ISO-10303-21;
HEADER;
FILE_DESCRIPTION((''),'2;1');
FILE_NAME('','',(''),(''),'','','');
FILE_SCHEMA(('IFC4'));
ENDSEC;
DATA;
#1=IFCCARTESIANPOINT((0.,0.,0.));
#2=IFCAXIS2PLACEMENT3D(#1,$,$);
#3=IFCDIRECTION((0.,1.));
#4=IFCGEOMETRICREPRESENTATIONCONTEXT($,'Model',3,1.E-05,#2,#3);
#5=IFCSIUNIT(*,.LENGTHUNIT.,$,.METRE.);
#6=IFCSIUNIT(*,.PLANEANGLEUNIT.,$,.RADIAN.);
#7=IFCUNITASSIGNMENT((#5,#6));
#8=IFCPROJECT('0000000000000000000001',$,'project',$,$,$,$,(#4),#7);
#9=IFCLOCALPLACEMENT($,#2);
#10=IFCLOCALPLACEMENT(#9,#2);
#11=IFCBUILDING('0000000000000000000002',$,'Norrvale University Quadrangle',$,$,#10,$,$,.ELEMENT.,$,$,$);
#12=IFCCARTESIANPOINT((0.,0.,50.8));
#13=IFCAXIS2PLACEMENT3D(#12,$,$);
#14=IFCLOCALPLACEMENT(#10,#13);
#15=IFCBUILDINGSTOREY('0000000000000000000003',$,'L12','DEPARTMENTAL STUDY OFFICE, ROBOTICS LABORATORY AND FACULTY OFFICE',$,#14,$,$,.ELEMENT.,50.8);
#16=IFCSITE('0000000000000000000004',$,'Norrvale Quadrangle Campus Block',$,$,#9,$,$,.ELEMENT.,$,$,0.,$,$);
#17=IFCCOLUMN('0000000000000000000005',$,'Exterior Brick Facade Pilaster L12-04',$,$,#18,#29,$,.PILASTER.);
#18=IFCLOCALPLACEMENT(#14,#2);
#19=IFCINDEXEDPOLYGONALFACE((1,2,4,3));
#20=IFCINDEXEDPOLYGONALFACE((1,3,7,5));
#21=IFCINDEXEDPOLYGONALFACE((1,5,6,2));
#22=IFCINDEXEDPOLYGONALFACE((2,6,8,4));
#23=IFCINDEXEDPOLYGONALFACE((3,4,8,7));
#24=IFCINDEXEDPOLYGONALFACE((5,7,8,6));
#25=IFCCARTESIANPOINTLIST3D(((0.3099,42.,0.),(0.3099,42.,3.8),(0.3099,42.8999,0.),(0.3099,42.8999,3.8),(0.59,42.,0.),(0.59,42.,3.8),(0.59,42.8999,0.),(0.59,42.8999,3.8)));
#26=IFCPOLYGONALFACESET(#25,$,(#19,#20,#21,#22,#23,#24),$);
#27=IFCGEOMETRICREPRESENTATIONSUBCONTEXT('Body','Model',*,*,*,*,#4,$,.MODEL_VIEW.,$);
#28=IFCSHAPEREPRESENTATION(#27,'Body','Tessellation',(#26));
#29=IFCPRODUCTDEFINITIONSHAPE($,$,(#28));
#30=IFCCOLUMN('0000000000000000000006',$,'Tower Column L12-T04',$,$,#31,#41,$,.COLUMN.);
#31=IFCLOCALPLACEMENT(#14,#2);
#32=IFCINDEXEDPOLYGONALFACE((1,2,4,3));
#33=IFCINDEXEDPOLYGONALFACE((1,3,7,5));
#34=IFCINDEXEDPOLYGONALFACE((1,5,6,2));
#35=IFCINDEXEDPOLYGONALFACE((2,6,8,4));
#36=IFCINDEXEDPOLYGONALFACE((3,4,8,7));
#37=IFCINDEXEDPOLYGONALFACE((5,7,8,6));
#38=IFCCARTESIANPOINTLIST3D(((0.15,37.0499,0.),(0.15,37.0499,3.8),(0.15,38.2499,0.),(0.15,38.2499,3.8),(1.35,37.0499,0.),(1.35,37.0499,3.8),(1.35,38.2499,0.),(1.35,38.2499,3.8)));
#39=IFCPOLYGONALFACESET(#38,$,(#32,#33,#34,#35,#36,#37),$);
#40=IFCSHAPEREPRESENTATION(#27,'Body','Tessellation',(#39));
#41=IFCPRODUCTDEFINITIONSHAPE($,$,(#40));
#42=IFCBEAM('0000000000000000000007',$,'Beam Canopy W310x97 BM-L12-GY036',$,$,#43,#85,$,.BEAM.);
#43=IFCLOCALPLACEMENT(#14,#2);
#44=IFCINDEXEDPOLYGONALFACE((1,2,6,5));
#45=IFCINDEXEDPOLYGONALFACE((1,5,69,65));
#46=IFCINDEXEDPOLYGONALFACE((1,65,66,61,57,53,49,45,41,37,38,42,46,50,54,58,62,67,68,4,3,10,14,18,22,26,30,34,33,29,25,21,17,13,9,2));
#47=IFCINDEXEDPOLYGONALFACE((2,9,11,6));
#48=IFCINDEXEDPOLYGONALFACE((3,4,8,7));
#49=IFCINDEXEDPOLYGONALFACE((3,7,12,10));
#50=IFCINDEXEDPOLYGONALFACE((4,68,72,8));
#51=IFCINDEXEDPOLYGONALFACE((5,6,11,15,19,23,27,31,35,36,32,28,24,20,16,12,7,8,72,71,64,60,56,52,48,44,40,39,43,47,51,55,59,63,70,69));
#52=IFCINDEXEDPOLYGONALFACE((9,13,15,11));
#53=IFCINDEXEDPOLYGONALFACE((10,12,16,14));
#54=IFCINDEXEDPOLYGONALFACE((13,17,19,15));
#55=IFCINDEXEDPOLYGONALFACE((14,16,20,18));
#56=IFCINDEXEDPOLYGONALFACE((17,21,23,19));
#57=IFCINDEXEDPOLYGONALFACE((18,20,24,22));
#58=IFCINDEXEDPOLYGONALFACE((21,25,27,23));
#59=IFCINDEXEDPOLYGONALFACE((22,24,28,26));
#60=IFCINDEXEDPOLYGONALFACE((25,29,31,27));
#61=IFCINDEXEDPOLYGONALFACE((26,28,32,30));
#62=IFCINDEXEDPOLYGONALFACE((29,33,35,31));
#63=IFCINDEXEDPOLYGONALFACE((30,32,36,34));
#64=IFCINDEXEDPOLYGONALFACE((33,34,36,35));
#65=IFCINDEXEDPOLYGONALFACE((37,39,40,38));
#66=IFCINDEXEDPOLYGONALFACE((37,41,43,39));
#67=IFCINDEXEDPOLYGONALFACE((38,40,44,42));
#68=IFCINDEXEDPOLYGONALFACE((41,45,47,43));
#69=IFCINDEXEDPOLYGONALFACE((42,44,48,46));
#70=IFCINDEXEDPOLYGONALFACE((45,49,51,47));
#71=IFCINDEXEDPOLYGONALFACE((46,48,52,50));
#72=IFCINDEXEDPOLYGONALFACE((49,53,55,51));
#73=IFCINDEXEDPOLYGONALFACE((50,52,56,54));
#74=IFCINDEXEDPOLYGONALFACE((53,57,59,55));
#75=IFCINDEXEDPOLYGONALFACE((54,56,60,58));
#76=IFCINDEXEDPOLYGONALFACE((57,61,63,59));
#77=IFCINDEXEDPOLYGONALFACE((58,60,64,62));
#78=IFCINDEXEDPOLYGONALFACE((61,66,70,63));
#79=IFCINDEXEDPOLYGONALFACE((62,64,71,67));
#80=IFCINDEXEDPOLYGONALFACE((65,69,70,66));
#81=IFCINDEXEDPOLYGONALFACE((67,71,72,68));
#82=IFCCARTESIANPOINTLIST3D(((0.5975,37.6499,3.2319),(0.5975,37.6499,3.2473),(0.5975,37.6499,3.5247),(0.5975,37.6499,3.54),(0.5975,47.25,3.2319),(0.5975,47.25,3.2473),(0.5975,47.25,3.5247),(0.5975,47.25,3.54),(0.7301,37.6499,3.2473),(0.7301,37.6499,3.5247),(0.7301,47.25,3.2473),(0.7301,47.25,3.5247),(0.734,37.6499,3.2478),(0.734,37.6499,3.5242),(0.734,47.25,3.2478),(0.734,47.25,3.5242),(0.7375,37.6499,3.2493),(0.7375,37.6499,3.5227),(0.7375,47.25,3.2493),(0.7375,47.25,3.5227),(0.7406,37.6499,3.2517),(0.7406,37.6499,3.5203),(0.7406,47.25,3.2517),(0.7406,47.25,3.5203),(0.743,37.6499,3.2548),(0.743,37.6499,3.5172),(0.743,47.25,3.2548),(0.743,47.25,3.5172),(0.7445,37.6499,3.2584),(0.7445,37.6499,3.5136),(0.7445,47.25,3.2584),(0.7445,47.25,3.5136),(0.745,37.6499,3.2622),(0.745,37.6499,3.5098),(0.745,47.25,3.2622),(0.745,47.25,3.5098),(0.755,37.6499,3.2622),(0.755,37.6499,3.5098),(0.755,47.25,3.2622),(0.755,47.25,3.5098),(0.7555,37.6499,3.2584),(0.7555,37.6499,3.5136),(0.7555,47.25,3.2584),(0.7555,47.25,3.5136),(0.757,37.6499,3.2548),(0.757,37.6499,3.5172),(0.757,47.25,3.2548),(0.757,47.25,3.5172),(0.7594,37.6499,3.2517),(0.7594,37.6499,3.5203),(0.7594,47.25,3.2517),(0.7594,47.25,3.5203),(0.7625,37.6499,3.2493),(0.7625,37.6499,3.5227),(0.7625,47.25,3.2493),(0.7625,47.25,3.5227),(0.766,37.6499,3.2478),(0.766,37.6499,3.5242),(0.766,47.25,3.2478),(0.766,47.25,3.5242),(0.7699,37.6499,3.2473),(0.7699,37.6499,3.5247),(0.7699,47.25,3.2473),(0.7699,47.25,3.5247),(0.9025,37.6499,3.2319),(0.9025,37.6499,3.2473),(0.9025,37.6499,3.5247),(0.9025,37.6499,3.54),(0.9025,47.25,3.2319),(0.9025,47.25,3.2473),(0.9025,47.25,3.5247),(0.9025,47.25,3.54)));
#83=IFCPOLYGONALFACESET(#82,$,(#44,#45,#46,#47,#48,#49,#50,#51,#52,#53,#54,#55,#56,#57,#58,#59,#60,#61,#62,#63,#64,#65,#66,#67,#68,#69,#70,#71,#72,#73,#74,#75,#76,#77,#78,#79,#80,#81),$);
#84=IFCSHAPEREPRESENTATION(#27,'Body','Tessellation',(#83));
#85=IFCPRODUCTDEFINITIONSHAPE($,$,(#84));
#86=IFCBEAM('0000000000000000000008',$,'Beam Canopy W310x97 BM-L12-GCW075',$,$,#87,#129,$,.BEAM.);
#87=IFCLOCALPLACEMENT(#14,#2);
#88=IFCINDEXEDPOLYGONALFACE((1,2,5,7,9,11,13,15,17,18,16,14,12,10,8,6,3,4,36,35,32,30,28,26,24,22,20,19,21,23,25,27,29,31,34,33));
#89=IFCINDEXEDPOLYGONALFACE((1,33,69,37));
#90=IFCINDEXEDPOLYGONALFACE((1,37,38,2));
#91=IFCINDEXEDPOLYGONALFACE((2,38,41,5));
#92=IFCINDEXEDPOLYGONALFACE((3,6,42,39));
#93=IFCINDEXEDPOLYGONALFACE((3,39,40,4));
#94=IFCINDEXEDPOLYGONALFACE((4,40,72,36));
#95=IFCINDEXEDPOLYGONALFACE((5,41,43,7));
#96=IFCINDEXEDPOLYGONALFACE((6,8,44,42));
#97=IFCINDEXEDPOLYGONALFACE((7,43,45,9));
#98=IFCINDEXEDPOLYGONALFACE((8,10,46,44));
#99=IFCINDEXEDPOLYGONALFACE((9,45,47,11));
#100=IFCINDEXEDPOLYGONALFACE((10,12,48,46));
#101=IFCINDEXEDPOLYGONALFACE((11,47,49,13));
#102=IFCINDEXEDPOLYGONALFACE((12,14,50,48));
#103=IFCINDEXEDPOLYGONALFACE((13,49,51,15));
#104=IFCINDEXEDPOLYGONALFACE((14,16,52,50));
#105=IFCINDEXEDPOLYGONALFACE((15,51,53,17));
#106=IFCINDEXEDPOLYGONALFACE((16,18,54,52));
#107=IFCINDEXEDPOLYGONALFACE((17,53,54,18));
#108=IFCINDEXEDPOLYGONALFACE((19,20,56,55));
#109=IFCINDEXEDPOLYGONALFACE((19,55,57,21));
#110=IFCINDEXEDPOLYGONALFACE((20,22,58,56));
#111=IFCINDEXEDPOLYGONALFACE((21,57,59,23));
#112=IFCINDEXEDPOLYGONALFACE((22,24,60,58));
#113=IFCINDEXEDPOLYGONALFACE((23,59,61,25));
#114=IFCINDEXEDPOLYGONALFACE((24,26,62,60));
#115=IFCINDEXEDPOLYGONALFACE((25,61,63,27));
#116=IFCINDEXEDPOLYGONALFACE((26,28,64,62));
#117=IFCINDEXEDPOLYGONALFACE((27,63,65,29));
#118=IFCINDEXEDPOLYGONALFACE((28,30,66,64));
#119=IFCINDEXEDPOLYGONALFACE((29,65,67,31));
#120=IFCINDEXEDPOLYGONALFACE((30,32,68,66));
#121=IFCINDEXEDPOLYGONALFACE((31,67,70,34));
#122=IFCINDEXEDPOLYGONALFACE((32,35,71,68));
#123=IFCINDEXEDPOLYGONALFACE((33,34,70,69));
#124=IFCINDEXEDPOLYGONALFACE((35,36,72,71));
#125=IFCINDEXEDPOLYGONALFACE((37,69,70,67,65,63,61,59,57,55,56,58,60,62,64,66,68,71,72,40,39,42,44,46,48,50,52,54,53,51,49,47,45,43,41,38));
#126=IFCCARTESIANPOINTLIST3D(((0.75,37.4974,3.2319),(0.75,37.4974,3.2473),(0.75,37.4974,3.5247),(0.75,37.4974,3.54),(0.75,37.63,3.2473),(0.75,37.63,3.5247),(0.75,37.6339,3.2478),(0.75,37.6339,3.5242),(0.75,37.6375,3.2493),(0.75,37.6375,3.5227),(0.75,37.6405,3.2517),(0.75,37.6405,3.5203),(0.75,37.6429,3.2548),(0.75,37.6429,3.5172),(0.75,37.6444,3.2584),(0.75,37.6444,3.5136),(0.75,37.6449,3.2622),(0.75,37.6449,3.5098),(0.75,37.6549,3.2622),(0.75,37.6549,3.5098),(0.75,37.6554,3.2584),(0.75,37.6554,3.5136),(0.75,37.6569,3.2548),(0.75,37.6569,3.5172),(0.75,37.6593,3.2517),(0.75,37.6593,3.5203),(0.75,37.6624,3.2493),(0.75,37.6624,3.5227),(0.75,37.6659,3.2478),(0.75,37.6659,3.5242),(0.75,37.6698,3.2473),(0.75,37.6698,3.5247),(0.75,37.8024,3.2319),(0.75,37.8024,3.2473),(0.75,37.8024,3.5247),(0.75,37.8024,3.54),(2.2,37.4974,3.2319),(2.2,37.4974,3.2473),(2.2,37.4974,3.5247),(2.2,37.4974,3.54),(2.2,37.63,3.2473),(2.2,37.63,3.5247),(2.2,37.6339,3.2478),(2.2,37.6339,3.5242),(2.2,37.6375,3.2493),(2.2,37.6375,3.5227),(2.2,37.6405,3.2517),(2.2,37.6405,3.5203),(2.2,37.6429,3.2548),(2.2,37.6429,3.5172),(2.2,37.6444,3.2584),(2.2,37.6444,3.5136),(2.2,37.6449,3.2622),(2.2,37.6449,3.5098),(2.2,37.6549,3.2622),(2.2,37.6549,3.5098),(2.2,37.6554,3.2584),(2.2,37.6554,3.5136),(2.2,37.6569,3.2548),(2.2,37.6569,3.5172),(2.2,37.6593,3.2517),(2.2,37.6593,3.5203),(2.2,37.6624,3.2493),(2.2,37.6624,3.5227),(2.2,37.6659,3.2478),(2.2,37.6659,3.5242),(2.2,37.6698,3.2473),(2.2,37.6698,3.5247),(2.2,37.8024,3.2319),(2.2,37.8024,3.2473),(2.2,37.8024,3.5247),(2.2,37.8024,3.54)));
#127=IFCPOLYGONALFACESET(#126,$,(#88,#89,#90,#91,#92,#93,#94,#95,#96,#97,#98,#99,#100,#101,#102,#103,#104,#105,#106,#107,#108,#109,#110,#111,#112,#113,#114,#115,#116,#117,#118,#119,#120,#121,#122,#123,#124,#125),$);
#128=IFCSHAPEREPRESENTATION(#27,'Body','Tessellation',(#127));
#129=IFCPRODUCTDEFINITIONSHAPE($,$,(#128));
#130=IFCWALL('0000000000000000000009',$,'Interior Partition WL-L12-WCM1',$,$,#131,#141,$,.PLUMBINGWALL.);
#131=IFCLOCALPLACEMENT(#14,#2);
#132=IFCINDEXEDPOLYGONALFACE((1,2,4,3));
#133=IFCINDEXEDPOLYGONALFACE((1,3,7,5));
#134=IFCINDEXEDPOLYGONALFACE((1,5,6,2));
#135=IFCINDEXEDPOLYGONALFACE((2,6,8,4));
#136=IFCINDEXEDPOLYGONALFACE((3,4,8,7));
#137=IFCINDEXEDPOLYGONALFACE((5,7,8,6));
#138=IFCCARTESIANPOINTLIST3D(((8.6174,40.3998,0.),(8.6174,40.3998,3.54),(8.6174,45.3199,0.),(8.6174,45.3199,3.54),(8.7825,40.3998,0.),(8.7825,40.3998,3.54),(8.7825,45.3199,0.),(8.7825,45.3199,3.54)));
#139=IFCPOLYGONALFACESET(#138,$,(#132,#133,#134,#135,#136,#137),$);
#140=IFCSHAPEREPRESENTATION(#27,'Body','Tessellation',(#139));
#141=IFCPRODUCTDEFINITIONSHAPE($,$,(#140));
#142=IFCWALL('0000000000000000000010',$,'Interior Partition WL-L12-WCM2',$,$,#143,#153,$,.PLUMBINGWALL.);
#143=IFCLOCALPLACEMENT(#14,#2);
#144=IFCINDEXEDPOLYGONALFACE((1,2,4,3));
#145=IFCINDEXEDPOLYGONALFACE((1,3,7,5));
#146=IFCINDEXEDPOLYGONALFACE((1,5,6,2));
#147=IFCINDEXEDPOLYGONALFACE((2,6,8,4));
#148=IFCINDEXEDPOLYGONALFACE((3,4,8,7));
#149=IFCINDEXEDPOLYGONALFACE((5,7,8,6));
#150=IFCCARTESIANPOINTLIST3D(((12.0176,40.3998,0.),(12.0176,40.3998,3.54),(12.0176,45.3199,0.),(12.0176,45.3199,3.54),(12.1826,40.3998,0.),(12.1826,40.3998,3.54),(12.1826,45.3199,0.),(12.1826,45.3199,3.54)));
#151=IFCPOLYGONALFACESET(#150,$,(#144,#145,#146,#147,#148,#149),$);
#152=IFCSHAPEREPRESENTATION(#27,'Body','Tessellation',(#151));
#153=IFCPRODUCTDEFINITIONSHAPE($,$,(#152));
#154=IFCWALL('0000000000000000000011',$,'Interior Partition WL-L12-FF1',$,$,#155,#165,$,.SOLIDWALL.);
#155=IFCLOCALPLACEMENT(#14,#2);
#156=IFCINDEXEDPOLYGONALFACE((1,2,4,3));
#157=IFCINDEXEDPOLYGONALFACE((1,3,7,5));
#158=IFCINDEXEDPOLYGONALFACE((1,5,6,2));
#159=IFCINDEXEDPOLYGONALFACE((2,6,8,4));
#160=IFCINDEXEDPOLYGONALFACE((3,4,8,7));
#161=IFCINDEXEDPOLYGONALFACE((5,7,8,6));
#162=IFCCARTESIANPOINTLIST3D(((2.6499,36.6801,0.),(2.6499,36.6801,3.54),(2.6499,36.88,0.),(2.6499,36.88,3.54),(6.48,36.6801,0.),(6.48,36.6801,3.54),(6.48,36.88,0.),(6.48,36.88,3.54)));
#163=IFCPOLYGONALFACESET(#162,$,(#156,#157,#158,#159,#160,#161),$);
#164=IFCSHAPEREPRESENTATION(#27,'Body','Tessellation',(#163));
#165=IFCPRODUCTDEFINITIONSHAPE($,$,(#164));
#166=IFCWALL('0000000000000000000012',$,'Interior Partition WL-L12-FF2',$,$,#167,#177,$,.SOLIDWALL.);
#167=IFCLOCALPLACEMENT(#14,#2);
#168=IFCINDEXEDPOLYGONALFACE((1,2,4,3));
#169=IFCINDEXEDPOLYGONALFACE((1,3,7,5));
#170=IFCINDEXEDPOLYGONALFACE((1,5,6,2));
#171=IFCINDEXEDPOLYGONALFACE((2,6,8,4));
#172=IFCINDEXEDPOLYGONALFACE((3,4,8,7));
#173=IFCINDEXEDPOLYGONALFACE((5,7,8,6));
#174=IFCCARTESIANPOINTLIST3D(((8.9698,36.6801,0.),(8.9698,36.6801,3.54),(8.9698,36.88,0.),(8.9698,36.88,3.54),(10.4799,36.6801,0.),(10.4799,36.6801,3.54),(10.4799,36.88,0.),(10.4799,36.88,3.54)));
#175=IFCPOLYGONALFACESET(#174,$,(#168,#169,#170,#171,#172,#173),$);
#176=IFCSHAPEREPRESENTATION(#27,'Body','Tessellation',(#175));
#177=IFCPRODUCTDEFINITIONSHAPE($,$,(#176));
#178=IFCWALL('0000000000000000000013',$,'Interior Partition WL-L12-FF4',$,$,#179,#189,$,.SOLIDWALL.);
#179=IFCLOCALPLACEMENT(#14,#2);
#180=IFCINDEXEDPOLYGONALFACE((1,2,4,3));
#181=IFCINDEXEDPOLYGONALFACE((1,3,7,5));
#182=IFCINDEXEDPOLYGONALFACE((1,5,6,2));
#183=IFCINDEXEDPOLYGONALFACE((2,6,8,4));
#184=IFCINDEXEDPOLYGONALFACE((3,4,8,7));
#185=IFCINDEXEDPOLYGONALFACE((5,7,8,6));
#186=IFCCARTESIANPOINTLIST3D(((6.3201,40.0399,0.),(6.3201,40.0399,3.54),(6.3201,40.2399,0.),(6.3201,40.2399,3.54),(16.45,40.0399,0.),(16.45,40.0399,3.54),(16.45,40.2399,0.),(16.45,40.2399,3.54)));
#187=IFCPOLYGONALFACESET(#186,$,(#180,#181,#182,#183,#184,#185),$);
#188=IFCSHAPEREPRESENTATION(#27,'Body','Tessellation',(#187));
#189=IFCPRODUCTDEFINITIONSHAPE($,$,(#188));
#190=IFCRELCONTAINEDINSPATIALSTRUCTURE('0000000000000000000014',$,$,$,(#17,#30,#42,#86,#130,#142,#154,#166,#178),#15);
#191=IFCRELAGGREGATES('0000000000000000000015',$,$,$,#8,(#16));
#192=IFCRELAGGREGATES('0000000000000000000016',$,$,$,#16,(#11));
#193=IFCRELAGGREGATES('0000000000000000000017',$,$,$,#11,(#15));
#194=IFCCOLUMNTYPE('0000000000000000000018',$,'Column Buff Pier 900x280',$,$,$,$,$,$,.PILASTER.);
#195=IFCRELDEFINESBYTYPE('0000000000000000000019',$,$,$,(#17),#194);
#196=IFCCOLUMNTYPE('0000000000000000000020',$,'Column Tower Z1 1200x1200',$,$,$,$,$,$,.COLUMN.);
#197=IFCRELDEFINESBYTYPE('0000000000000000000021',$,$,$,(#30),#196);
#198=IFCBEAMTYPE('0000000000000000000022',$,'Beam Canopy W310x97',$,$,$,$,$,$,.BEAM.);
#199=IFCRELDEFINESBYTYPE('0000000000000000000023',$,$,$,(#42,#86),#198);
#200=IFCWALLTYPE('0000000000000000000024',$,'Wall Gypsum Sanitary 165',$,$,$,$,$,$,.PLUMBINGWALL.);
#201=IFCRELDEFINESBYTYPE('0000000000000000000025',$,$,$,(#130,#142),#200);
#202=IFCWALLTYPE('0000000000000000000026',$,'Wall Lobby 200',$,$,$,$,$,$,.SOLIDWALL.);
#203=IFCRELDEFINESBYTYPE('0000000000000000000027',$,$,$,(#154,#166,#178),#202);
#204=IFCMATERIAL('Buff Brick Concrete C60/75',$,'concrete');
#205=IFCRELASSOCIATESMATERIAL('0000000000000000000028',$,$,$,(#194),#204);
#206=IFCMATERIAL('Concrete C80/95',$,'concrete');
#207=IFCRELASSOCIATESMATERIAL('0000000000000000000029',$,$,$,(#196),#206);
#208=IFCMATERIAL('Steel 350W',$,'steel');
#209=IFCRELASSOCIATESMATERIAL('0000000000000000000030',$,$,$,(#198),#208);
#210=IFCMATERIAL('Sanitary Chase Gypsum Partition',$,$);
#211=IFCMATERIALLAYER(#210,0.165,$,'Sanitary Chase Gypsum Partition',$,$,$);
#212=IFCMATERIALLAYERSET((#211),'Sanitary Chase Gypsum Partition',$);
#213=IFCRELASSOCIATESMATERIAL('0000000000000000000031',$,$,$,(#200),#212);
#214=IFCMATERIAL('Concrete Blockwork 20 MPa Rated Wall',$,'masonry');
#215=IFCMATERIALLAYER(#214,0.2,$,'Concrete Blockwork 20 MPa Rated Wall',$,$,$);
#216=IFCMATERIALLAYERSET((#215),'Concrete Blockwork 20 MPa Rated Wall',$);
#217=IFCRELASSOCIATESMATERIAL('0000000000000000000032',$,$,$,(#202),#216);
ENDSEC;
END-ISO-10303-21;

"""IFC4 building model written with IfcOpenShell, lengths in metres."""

from ifc_helpers import new_model, si_unit, direction, frame, frame_2d, origin, origin_2d, place, context, subcontext, project, spatial, rectangle, i_section, extrude, material, layer, layer_set, material_profile, profile_set, type_object, element, save


model = new_model("IFC4")

# Units and contexts
model_context = context("Model", 3, precision=1e-05, world=origin(), true_north=direction((0.0, 1.0)))
body_context = subcontext(model_context, "Body", "Model", "MODEL_VIEW")
ifc_project = project(units=[si_unit("LENGTHUNIT", "METRE"), si_unit("PLANEANGLEUNIT", "RADIAN")], contexts=[model_context])

# Site, building, storey
site_placement = place(None, origin())
site = spatial("IfcSite", under=ifc_project, at=site_placement, Name="Norrvale Quadrangle Campus Block", CompositionType="ELEMENT", RefElevation=0.0)
building_placement = place(site_placement, origin())
building = spatial("IfcBuilding", under=site, at=building_placement, Name="Norrvale University Quadrangle", CompositionType="ELEMENT")
storey_placement = place(building_placement, frame((0.0, 0.0, 50.8)))
storey = spatial("IfcBuildingStorey", under=building, at=storey_placement, Name="L12", Description="DEPARTMENTAL STUDY OFFICE, ROBOTICS LABORATORY AND FACULTY OFFICE", CompositionType="ELEMENT", Elevation=50.8)

# Columns
ifc_material_1 = material(Name="Buff Brick Concrete C60/75", Category="concrete")
ifc_material_profile_1 = material_profile(ifc_material_1, rectangle(XDim=0.8999, YDim=0.28, at=origin_2d()), Name="Buff Brick Concrete C60/75")
ifc_profile_set_1 = profile_set([ifc_material_profile_1], Name="Buff Brick Concrete C60/75")
column_type_1 = type_object("IfcColumnType", Name="Column Buff Pier 900x280", PredefinedType="PILASTER", material=ifc_profile_set_1)
column_1_placement = place(storey_placement, frame((0.45, 42.45, 0.0), z_axis=(0.0, 0.0, 1.0), x_axis=(0.0, 1.0, 0.0)))
element("IfcColumn", 1, at=column_1_placement, inside=storey, type_object=column_type_1, Name="Exterior Brick Facade Pilaster L12-04", PredefinedType="PILASTER", context=body_context, shape_type="SweptSolid", body=[
    extrude(rectangle(XDim=0.8999, YDim=0.28, at=origin_2d()), origin(), (0.0, 0.0, 1.0), 3.8),
])
ifc_material_2 = material(Name="Concrete C80/95", Category="concrete")
ifc_material_profile_2 = material_profile(ifc_material_2, rectangle(XDim=1.2, YDim=1.2, at=origin_2d()), Name="Concrete C80/95")
ifc_profile_set_2 = profile_set([ifc_material_profile_2], Name="Concrete C80/95")
column_type_2 = type_object("IfcColumnType", Name="Column Tower Z1 1200x1200", PredefinedType="COLUMN", material=ifc_profile_set_2)
column_2_placement = place(storey_placement, frame((0.75, 37.6499, 0.0), z_axis=(0.0, 0.0, 1.0), x_axis=(1.0, 0.0, 0.0)))
element("IfcColumn", 2, at=column_2_placement, inside=storey, type_object=column_type_2, Name="Tower Column L12-T04", PredefinedType="COLUMN", context=body_context, shape_type="SweptSolid", body=[
    extrude(rectangle(XDim=1.2, YDim=1.2, at=origin_2d()), origin(), (0.0, 0.0, 1.0), 3.8),
])

# Beams
ifc_material_3 = material(Name="Steel 350W", Category="steel")
ifc_material_profile_3 = material_profile(ifc_material_3, i_section(OverallWidth=0.3049, OverallDepth=0.3081, WebThickness=0.01, FlangeThickness=0.0154, FilletRadius=0.0149, at=origin_2d()), Name="Steel 350W")
ifc_profile_set_3 = profile_set([ifc_material_profile_3], Name="Steel 350W")
beam_type = type_object("IfcBeamType", Name="Beam Canopy W310x97", PredefinedType="BEAM", material=ifc_profile_set_3)
beam_1_placement = place(storey_placement, frame((0.75, 37.6499, 3.386), z_axis=(0.0, 1.0, 0.0), x_axis=(-1.0, 0.0, 0.0)))
element("IfcBeam", 3, at=beam_1_placement, inside=storey, type_object=beam_type, Name="Beam Canopy W310x97 BM-L12-GY036", PredefinedType="BEAM", context=body_context, shape_type="SweptSolid", body=[
    extrude(i_section(OverallWidth=0.3049, OverallDepth=0.3081, WebThickness=0.01, FlangeThickness=0.0154, FilletRadius=0.0149, at=origin_2d()), origin(), (0.0, 0.0, 1.0), 9.6001),
])
beam_2_placement = place(storey_placement, frame((0.75, 37.6499, 3.386), z_axis=(1.0, 0.0, 0.0), x_axis=(0.0, 1.0, 0.0)))
element("IfcBeam", 4, at=beam_2_placement, inside=storey, type_object=beam_type, Name="Beam Canopy W310x97 BM-L12-GCW075", PredefinedType="BEAM", context=body_context, shape_type="SweptSolid", body=[
    extrude(i_section(OverallWidth=0.3049, OverallDepth=0.3081, WebThickness=0.01, FlangeThickness=0.0154, FilletRadius=0.0149, at=origin_2d()), origin(), (0.0, 0.0, 1.0), 1.45),
])

# Walls
ifc_material_4 = material(Name="Sanitary Chase Gypsum Partition")
ifc_layer_1 = layer(ifc_material_4, 0.165, Name="Sanitary Chase Gypsum Partition")
ifc_layer_set_1 = layer_set([ifc_layer_1], Name="Sanitary Chase Gypsum Partition")
wall_type_1 = type_object("IfcWallType", Name="Wall Gypsum Sanitary 165", PredefinedType="PLUMBINGWALL", material=ifc_layer_set_1)
for number, where, z_axis, x_axis, name in (
    (5, (8.7, 40.3999, 0.0), (0.0, 0.0, 1.0), (0.0, 1.0, 0.0), "Interior Partition WL-L12-WCM1"),
    (6, (12.1001, 40.3999, 0.0), (0.0, 0.0, 1.0), (0.0, 1.0, 0.0), "Interior Partition WL-L12-WCM2"),
):
    element("IfcWall", number, at=place(storey_placement, frame(where, z_axis=z_axis, x_axis=x_axis)), inside=storey, type_object=wall_type_1, Name=name, PredefinedType="PLUMBINGWALL", context=body_context, shape_type="SweptSolid", body=[
        extrude(rectangle(XDim=4.9202, YDim=0.165, at=frame_2d((2.46, 0.0))), origin(), (0.0, 0.0, 1.0), 3.54),
    ])
ifc_material_5 = material(Name="Concrete Blockwork 20 MPa Rated Wall", Category="masonry")
ifc_layer_2 = layer(ifc_material_5, 0.2, Name="Concrete Blockwork 20 MPa Rated Wall")
ifc_layer_set_2 = layer_set([ifc_layer_2], Name="Concrete Blockwork 20 MPa Rated Wall")
wall_type_2 = type_object("IfcWallType", Name="Wall Lobby 200", PredefinedType="SOLIDWALL", material=ifc_layer_set_2)
wall_1_placement = place(storey_placement, frame((2.6499, 36.78, 0.0), z_axis=(0.0, 0.0, 1.0), x_axis=(1.0, 0.0, 0.0)))
element("IfcWall", 7, at=wall_1_placement, inside=storey, type_object=wall_type_2, Name="Interior Partition WL-L12-FF1", PredefinedType="SOLIDWALL", context=body_context, shape_type="SweptSolid", body=[
    extrude(rectangle(XDim=3.8301, YDim=0.2, at=frame_2d((1.915, 0.0))), origin(), (0.0, 0.0, 1.0), 3.54),
])
wall_2_placement = place(storey_placement, frame((8.97, 36.78, 0.0), z_axis=(0.0, 0.0, 1.0), x_axis=(1.0, 0.0, 0.0)))
element("IfcWall", 8, at=wall_2_placement, inside=storey, type_object=wall_type_2, Name="Interior Partition WL-L12-FF2", PredefinedType="SOLIDWALL", context=body_context, shape_type="SweptSolid", body=[
    extrude(rectangle(XDim=1.51, YDim=0.2, at=frame_2d((0.7549, 0.0))), origin(), (0.0, 0.0, 1.0), 3.54),
])
wall_3_placement = place(storey_placement, frame((6.3201, 40.1399, 0.0), z_axis=(0.0, 0.0, 1.0), x_axis=(1.0, 0.0, 0.0)))
element("IfcWall", 9, at=wall_3_placement, inside=storey, type_object=wall_type_2, Name="Interior Partition WL-L12-FF4", PredefinedType="SOLIDWALL", context=body_context, shape_type="SweptSolid", body=[
    extrude(rectangle(XDim=10.1299, YDim=0.2, at=frame_2d((5.0649, 0.0))), origin(), (0.0, 0.0, 1.0), 3.54),
])

save(model, "model.ifc")
